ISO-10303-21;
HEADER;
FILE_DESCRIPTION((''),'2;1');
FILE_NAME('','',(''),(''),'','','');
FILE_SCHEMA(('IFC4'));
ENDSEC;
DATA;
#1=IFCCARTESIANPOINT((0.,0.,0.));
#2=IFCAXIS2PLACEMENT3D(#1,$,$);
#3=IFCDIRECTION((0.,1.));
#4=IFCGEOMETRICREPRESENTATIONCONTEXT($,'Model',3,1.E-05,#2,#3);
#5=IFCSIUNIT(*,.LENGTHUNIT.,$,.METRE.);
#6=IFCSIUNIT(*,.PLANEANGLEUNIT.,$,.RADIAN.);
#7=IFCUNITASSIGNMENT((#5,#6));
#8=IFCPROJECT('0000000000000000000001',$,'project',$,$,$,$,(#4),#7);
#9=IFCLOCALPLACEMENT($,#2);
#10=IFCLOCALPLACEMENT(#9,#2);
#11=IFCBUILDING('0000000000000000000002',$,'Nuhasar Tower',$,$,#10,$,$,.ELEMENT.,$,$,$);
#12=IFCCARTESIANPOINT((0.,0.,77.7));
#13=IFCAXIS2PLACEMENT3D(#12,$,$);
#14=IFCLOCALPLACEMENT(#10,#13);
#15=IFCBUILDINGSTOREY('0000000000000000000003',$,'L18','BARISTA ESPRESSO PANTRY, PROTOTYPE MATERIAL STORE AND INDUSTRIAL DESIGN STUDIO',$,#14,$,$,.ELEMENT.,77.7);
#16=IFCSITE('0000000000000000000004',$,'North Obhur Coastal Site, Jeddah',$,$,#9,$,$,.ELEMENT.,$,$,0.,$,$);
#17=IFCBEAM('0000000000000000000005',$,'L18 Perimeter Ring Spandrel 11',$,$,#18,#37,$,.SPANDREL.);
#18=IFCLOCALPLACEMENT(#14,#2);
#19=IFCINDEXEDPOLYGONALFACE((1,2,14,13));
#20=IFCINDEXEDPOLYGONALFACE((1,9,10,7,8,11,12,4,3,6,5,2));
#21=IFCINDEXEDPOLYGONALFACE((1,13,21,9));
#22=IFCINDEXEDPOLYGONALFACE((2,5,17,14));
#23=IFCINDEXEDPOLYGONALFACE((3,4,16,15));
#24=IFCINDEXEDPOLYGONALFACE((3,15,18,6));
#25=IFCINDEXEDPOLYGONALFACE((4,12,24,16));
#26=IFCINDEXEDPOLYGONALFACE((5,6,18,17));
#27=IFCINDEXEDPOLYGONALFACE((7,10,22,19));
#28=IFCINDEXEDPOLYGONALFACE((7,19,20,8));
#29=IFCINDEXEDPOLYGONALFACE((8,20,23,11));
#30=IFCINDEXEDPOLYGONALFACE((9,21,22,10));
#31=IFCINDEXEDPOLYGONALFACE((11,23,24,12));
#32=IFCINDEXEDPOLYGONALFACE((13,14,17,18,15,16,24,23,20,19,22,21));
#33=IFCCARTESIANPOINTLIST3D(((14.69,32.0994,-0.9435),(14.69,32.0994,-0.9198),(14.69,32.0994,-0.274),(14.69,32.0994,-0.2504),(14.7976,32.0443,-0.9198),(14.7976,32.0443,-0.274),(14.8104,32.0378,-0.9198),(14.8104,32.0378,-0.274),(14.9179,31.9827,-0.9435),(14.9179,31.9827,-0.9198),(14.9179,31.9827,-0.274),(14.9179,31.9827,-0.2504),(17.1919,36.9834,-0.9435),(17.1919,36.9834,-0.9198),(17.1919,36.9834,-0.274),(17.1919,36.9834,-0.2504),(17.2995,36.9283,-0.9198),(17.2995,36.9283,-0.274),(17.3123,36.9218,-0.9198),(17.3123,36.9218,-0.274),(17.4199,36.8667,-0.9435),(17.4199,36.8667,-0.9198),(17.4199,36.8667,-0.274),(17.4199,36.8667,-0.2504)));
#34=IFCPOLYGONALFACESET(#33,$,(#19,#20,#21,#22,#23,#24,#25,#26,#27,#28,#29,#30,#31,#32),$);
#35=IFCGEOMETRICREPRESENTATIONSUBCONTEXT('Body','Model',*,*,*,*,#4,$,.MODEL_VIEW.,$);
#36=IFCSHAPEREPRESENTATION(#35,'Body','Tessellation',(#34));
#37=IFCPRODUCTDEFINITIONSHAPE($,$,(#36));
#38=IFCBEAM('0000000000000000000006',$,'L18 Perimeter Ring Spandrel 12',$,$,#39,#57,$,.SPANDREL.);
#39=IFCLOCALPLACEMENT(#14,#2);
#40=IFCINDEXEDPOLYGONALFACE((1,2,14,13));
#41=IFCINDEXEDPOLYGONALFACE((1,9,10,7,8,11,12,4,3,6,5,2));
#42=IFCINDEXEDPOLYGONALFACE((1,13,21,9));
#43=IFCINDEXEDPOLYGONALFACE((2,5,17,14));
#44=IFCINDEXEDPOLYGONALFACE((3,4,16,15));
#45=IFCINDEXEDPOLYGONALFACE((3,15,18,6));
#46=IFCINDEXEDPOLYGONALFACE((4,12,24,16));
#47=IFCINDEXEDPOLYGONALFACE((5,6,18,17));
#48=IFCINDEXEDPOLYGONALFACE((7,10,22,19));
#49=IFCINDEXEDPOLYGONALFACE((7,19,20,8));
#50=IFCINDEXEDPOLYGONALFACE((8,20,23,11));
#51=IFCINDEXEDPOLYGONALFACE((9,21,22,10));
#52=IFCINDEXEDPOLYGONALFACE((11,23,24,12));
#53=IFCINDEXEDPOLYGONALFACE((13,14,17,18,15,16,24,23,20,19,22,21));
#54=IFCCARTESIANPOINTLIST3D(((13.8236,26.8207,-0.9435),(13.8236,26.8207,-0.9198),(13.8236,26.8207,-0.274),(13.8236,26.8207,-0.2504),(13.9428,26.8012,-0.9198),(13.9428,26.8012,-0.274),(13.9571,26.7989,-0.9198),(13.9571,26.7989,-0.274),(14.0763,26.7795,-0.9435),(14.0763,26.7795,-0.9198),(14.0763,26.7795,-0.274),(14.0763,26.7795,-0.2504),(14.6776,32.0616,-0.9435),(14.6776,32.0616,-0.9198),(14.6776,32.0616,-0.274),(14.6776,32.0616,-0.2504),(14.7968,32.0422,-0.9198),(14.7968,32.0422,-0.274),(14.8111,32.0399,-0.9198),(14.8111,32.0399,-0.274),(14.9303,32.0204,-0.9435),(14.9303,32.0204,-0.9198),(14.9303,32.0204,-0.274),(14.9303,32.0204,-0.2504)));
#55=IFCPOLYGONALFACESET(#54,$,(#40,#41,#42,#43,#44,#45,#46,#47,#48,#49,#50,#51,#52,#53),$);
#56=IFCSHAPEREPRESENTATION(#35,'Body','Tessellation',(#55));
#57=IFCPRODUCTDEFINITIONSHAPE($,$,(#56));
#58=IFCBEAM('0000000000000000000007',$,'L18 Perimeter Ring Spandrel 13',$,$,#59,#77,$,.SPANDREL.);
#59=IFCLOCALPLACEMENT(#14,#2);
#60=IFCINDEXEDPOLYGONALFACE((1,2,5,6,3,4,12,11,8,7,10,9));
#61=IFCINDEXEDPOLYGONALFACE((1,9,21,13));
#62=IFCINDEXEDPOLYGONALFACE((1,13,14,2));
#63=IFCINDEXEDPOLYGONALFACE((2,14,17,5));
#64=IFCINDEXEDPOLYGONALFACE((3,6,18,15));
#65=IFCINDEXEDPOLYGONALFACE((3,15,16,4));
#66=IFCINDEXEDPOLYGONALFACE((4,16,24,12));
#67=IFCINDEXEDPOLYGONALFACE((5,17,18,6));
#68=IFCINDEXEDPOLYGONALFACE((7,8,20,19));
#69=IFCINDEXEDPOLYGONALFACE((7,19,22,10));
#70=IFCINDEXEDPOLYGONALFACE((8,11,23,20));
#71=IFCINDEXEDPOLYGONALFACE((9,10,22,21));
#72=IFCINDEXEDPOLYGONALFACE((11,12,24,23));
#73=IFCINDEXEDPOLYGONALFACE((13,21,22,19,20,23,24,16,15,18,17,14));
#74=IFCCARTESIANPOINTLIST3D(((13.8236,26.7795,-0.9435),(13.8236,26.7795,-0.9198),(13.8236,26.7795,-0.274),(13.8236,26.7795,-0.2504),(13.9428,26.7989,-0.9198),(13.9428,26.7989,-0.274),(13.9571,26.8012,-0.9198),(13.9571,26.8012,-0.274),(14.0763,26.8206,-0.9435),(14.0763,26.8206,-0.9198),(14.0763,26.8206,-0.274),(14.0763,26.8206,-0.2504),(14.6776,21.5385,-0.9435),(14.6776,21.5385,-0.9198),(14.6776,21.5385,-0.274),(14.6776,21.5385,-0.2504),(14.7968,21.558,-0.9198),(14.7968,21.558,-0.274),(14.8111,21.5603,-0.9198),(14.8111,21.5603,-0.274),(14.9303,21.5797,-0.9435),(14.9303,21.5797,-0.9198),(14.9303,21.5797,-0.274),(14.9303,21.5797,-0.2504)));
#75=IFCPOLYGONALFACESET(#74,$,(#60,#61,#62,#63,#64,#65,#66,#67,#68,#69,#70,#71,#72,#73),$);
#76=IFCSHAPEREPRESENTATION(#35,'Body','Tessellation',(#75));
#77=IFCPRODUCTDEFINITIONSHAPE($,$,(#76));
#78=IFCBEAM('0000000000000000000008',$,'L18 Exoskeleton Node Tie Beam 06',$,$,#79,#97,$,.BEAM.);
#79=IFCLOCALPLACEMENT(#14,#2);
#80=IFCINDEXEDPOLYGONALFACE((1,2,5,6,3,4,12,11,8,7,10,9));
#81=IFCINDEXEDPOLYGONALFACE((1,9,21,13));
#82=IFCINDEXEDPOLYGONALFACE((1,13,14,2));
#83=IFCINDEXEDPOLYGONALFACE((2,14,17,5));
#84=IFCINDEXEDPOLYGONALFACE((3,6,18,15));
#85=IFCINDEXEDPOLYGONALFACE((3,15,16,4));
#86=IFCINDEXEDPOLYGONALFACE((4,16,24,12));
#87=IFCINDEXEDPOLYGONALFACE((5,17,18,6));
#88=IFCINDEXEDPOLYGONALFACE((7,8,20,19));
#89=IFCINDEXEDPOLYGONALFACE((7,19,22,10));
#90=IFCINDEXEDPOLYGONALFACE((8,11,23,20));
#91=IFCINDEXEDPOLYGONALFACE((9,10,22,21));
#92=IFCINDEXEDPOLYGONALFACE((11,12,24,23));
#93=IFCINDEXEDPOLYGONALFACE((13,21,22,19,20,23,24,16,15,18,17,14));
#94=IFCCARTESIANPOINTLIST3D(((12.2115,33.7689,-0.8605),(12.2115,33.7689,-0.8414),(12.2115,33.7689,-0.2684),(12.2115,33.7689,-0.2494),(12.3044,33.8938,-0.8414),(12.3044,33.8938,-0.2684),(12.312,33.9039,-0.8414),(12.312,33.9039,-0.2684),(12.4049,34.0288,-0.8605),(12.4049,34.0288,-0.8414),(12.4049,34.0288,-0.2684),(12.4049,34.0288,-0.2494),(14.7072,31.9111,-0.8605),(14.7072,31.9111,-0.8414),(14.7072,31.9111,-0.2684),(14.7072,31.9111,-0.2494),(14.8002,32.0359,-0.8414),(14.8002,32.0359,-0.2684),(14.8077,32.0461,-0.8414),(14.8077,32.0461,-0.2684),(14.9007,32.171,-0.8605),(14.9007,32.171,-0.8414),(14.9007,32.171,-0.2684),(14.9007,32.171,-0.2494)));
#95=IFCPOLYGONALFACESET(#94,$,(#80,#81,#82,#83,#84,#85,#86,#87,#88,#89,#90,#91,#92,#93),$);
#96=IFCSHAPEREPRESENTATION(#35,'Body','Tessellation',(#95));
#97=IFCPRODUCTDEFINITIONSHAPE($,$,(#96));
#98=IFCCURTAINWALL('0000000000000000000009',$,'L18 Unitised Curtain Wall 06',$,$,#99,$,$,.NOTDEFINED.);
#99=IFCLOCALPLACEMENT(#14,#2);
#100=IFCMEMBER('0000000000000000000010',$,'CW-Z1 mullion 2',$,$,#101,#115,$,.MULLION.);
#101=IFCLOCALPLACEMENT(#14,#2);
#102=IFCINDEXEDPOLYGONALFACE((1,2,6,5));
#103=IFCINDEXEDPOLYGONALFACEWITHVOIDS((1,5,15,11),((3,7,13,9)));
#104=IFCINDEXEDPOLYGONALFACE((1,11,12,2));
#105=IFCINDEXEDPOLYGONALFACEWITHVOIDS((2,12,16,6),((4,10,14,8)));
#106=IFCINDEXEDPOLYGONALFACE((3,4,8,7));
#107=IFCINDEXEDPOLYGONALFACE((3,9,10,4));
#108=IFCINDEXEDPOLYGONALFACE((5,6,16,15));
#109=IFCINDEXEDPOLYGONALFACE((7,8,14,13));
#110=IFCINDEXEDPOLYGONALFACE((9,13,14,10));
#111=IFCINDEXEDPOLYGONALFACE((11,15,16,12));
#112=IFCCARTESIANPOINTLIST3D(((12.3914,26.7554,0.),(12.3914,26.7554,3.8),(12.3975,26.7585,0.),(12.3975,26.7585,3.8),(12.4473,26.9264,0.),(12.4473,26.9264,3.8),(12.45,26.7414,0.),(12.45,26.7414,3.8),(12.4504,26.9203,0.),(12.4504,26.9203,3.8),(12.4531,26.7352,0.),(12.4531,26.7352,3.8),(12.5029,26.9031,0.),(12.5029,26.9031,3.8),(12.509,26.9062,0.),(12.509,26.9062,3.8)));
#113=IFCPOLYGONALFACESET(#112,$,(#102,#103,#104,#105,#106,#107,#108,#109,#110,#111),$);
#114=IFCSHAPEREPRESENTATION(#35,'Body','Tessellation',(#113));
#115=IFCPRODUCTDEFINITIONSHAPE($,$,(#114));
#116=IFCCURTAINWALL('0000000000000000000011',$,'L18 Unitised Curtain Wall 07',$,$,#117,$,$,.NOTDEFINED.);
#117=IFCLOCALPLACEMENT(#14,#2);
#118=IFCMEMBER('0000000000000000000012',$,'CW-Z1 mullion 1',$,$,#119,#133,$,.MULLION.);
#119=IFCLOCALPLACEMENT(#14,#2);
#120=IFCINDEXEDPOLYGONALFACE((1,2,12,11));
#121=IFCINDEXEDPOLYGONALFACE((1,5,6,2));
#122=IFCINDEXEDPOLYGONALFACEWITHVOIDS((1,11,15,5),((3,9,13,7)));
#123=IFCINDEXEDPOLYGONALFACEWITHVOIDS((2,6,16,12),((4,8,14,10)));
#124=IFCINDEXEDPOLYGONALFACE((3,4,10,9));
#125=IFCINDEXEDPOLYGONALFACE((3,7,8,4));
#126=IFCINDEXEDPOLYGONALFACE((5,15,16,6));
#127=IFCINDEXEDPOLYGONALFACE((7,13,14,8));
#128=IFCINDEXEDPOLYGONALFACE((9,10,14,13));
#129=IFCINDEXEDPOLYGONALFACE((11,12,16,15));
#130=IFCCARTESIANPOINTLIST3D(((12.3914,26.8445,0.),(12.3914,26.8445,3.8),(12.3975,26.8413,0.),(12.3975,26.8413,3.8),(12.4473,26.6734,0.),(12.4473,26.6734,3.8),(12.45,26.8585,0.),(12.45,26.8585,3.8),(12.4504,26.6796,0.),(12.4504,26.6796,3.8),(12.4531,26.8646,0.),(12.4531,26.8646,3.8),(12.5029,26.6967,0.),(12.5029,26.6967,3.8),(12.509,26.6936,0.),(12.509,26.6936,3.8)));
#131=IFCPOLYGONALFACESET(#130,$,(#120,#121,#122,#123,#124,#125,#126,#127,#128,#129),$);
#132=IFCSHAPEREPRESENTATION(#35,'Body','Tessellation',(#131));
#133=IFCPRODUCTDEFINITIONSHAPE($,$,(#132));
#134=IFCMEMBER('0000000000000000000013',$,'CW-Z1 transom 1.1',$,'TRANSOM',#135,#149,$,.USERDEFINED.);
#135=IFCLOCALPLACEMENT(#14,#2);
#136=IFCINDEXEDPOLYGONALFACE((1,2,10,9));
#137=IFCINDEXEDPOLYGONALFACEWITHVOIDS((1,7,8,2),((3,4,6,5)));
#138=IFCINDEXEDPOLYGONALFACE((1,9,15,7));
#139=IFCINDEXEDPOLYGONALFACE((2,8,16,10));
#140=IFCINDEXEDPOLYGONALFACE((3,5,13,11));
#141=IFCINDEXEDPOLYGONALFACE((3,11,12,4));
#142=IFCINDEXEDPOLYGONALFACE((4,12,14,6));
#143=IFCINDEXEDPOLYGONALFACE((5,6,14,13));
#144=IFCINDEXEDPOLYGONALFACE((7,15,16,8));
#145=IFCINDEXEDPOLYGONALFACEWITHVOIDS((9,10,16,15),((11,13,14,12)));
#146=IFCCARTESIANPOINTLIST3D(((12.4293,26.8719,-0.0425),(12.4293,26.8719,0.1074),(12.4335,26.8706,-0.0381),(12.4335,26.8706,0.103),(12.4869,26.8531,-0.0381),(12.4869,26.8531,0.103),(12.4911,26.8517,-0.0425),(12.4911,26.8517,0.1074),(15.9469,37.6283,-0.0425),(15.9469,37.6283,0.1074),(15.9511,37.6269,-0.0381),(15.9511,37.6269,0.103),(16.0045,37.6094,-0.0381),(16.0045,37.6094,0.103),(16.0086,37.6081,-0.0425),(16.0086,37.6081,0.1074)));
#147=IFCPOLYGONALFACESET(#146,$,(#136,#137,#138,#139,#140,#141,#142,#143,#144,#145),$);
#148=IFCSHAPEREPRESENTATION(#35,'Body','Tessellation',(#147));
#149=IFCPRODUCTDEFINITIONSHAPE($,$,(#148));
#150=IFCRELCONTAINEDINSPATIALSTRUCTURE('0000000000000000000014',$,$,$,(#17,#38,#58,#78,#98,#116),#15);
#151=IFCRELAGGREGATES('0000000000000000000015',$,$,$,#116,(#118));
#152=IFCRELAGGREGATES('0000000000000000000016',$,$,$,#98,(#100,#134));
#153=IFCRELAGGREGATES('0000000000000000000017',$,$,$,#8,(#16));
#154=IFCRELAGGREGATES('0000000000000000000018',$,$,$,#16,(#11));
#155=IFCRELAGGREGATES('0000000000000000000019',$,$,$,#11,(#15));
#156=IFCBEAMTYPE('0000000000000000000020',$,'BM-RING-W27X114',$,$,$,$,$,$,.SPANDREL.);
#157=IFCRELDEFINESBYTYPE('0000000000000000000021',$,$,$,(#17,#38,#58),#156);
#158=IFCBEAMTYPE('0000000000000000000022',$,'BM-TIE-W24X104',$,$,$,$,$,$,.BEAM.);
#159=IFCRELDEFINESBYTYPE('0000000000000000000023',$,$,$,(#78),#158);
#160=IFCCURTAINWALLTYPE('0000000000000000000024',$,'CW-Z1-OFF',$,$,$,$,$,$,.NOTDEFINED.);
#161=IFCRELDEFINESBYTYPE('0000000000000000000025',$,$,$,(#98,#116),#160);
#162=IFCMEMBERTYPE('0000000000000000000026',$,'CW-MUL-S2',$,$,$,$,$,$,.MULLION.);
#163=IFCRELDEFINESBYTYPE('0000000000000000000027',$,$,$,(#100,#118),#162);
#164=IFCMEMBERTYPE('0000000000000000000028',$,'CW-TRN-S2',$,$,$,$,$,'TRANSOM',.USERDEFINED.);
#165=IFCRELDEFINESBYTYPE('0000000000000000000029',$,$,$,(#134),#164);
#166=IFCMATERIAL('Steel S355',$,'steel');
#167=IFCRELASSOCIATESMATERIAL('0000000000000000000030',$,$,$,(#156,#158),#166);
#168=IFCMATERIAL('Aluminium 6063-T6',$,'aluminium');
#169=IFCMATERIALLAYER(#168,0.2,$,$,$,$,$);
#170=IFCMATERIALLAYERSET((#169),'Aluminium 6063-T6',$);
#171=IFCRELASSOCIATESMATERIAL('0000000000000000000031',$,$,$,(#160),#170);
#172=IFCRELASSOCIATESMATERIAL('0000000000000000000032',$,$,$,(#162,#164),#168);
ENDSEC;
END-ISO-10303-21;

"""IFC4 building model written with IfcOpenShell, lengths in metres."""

from ifc_helpers import new_model, si_unit, direction, frame, origin, origin_2d, place, context, subcontext, project, spatial, hollow_rectangle, i_section, extrude, material, layer, layer_set, material_profile, profile_set, type_object, element, aggregate, save


model = new_model("IFC4")

# Units and contexts
model_context = context("Model", 3, precision=1e-05, world=origin(), true_north=direction((0.0, 1.0)))
body_context = subcontext(model_context, "Body", "Model", "MODEL_VIEW")
ifc_project = project(units=[si_unit("LENGTHUNIT", "METRE"), si_unit("PLANEANGLEUNIT", "RADIAN")], contexts=[model_context])

# Site, building, storey
site_placement = place(None, origin())
site = spatial("IfcSite", under=ifc_project, at=site_placement, Name="North Obhur Coastal Site, Jeddah", CompositionType="ELEMENT", RefElevation=0.0)
building_placement = place(site_placement, origin())
building = spatial("IfcBuilding", under=site, at=building_placement, Name="Nuhasar Tower", CompositionType="ELEMENT")
storey_placement = place(building_placement, frame((0.0, 0.0, 77.7)))
storey = spatial("IfcBuildingStorey", under=building, at=storey_placement, Name="L18", Description="BARISTA ESPRESSO PANTRY, PROTOTYPE MATERIAL STORE AND INDUSTRIAL DESIGN STUDIO", CompositionType="ELEMENT", Elevation=77.7)

# Beams
ifc_material_1 = material(Name="Steel S355", Category="steel")
ifc_material_profile_1 = material_profile(ifc_material_1, i_section(OverallWidth=0.2561, OverallDepth=0.6931, WebThickness=0.0144, FlangeThickness=0.0237, at=origin_2d()), Name="W27X114")
ifc_profile_set_1 = profile_set([ifc_material_profile_1], Name="Steel S355")
beam_type_1 = type_object("IfcBeamType", Name="BM-RING-W27X114", PredefinedType="SPANDREL", material=ifc_profile_set_1)
beam_1_placement = place(storey_placement, frame((17.3059, 36.925, -0.5969), z_axis=(-0.45593, -0.890016, 0.0), x_axis=(0.890016, -0.45593, 0.0)))
element("IfcBeam", 1, at=beam_1_placement, inside=storey, type_object=beam_type_1, Name="L18 Perimeter Ring Spandrel 11", PredefinedType="SPANDREL", context=body_context, shape_type="SweptSolid", body=[
    extrude(i_section(OverallWidth=0.2561, OverallDepth=0.6931, WebThickness=0.0144, FlangeThickness=0.0237, at=origin_2d()), origin(), (0.0, 0.0, 1.0), 5.4875),
])
for number, where, z_axis, x_axis, name in (
    (2, (14.804, 32.041, -0.5969), (-0.160827, -0.986983, 0.0), (0.986983, -0.160827, 0.0), "L18 Perimeter Ring Spandrel 12"),
    (3, (13.95, 26.8, -0.5969), (0.160827, -0.986983, 0.0), (0.986983, 0.160827, 0.0), "L18 Perimeter Ring Spandrel 13"),
):
    element("IfcBeam", number, at=place(storey_placement, frame(where, z_axis=z_axis, x_axis=x_axis)), inside=storey, type_object=beam_type_1, Name=name, PredefinedType="SPANDREL", context=body_context, shape_type="SweptSolid", body=[
        extrude(i_section(OverallWidth=0.2561, OverallDepth=0.6931, WebThickness=0.0144, FlangeThickness=0.0237, at=origin_2d()), origin(), (0.0, 0.0, 1.0), 5.3101),
    ])
ifc_material_profile_2 = material_profile(ifc_material_1, i_section(OverallWidth=0.324, OverallDepth=0.6111, WebThickness=0.0127, FlangeThickness=0.019, at=origin_2d()), Name="W24X104")
ifc_profile_set_2 = profile_set([ifc_material_profile_2], Name="Steel S355")
beam_type_2 = type_object("IfcBeamType", Name="BM-TIE-W24X104", PredefinedType="BEAM", material=ifc_profile_set_2)
beam_2_placement = place(storey_placement, frame((14.804, 32.041, -0.5549), z_axis=(-0.802151, 0.597121, 0.0), x_axis=(-0.597121, -0.802151, 0.0)))
element("IfcBeam", 4, at=beam_2_placement, inside=storey, type_object=beam_type_2, Name="L18 Exoskeleton Node Tie Beam 06", PredefinedType="BEAM", context=body_context, shape_type="SweptSolid", body=[
    extrude(i_section(OverallWidth=0.324, OverallDepth=0.6111, WebThickness=0.0127, FlangeThickness=0.019, at=origin_2d()), origin(), (0.0, 0.0, 1.0), 3.1113),
])

# Curtain walls, members
ifc_material_2 = material(Name="Aluminium 6063-T6", Category="aluminium")
ifc_layer_1 = layer(ifc_material_2, 0.2)
ifc_layer_set_1 = layer_set([ifc_layer_1], Name="Aluminium 6063-T6")
curtain_wall_type = type_object("IfcCurtainWallType", Name="CW-Z1-OFF", PredefinedType="NOTDEFINED", material=ifc_layer_set_1)
curtain_wall_1_placement = place(storey_placement, origin())
curtain_wall_1 = element("IfcCurtainWall", 5, at=curtain_wall_1_placement, inside=storey, type_object=curtain_wall_type, Name="L18 Unitised Curtain Wall 06", PredefinedType="NOTDEFINED")
ifc_material_profile_3 = material_profile(ifc_material_2, hollow_rectangle(XDim=0.0649, YDim=0.1799, WallThickness=0.0049, at=origin_2d()), Name="CWM-2")
ifc_profile_set_3 = profile_set([ifc_material_profile_3], Name="Aluminium 6063-T6")
member_type_1 = type_object("IfcMemberType", Name="CW-MUL-S2", PredefinedType="MULLION", material=ifc_profile_set_3)
member_1_placement = place(storey_placement, frame((12.4502, 26.8308, 0.0), z_axis=(0.0, 0.0, 1.0), x_axis=(0.950468, -0.310824, 0.0)))
member_1 = element("IfcMember", 6, at=member_1_placement, type_object=member_type_1, Name="CW-Z1 mullion 2", PredefinedType="MULLION", context=body_context, shape_type="SweptSolid", body=[
    extrude(hollow_rectangle(XDim=0.0649, YDim=0.1799, WallThickness=0.0049, at=origin_2d()), origin(), (0.0, 0.0, 1.0), 3.8),
])
curtain_wall_2_placement = place(storey_placement, origin())
curtain_wall_2 = element("IfcCurtainWall", 7, at=curtain_wall_2_placement, inside=storey, type_object=curtain_wall_type, Name="L18 Unitised Curtain Wall 07", PredefinedType="NOTDEFINED")
member_2_placement = place(storey_placement, frame((12.4502, 26.769, 0.0), z_axis=(0.0, 0.0, 1.0), x_axis=(0.950468, 0.310824, 0.0)))
member_2 = element("IfcMember", 8, at=member_2_placement, type_object=member_type_1, Name="CW-Z1 mullion 1", PredefinedType="MULLION", context=body_context, shape_type="SweptSolid", body=[
    extrude(hollow_rectangle(XDim=0.0649, YDim=0.1799, WallThickness=0.0049, at=origin_2d()), origin(), (0.0, 0.0, 1.0), 3.8),
])
aggregate(curtain_wall_2, [member_2])

# Member
ifc_material_profile_4 = material_profile(ifc_material_2, hollow_rectangle(XDim=0.0649, YDim=0.1499, WallThickness=0.0044, at=origin_2d()), Name="CWT-2")
ifc_profile_set_4 = profile_set([ifc_material_profile_4], Name="Aluminium 6063-T6")
member_type_2 = type_object("IfcMemberType", Name="CW-TRN-S2", ElementType="TRANSOM", PredefinedType="USERDEFINED", material=ifc_profile_set_4)
member_3_placement = place(storey_placement, frame((15.9778, 37.6182, 0.0325), z_axis=(-0.310825, -0.950467, 0.0), x_axis=(0.950467, -0.310825, 0.0)))
member_3 = element("IfcMember", 9, at=member_3_placement, type_object=member_type_2, Name="CW-Z1 transom 1.1", ObjectType="TRANSOM", PredefinedType="USERDEFINED", context=body_context, shape_type="SweptSolid", body=[
    extrude(hollow_rectangle(XDim=0.0649, YDim=0.1499, WallThickness=0.0044, at=origin_2d()), origin(), (0.0, 0.0, 1.0), 11.3169),
])

aggregate(curtain_wall_1, [member_1, member_3])

save(model, "model.ifc")
